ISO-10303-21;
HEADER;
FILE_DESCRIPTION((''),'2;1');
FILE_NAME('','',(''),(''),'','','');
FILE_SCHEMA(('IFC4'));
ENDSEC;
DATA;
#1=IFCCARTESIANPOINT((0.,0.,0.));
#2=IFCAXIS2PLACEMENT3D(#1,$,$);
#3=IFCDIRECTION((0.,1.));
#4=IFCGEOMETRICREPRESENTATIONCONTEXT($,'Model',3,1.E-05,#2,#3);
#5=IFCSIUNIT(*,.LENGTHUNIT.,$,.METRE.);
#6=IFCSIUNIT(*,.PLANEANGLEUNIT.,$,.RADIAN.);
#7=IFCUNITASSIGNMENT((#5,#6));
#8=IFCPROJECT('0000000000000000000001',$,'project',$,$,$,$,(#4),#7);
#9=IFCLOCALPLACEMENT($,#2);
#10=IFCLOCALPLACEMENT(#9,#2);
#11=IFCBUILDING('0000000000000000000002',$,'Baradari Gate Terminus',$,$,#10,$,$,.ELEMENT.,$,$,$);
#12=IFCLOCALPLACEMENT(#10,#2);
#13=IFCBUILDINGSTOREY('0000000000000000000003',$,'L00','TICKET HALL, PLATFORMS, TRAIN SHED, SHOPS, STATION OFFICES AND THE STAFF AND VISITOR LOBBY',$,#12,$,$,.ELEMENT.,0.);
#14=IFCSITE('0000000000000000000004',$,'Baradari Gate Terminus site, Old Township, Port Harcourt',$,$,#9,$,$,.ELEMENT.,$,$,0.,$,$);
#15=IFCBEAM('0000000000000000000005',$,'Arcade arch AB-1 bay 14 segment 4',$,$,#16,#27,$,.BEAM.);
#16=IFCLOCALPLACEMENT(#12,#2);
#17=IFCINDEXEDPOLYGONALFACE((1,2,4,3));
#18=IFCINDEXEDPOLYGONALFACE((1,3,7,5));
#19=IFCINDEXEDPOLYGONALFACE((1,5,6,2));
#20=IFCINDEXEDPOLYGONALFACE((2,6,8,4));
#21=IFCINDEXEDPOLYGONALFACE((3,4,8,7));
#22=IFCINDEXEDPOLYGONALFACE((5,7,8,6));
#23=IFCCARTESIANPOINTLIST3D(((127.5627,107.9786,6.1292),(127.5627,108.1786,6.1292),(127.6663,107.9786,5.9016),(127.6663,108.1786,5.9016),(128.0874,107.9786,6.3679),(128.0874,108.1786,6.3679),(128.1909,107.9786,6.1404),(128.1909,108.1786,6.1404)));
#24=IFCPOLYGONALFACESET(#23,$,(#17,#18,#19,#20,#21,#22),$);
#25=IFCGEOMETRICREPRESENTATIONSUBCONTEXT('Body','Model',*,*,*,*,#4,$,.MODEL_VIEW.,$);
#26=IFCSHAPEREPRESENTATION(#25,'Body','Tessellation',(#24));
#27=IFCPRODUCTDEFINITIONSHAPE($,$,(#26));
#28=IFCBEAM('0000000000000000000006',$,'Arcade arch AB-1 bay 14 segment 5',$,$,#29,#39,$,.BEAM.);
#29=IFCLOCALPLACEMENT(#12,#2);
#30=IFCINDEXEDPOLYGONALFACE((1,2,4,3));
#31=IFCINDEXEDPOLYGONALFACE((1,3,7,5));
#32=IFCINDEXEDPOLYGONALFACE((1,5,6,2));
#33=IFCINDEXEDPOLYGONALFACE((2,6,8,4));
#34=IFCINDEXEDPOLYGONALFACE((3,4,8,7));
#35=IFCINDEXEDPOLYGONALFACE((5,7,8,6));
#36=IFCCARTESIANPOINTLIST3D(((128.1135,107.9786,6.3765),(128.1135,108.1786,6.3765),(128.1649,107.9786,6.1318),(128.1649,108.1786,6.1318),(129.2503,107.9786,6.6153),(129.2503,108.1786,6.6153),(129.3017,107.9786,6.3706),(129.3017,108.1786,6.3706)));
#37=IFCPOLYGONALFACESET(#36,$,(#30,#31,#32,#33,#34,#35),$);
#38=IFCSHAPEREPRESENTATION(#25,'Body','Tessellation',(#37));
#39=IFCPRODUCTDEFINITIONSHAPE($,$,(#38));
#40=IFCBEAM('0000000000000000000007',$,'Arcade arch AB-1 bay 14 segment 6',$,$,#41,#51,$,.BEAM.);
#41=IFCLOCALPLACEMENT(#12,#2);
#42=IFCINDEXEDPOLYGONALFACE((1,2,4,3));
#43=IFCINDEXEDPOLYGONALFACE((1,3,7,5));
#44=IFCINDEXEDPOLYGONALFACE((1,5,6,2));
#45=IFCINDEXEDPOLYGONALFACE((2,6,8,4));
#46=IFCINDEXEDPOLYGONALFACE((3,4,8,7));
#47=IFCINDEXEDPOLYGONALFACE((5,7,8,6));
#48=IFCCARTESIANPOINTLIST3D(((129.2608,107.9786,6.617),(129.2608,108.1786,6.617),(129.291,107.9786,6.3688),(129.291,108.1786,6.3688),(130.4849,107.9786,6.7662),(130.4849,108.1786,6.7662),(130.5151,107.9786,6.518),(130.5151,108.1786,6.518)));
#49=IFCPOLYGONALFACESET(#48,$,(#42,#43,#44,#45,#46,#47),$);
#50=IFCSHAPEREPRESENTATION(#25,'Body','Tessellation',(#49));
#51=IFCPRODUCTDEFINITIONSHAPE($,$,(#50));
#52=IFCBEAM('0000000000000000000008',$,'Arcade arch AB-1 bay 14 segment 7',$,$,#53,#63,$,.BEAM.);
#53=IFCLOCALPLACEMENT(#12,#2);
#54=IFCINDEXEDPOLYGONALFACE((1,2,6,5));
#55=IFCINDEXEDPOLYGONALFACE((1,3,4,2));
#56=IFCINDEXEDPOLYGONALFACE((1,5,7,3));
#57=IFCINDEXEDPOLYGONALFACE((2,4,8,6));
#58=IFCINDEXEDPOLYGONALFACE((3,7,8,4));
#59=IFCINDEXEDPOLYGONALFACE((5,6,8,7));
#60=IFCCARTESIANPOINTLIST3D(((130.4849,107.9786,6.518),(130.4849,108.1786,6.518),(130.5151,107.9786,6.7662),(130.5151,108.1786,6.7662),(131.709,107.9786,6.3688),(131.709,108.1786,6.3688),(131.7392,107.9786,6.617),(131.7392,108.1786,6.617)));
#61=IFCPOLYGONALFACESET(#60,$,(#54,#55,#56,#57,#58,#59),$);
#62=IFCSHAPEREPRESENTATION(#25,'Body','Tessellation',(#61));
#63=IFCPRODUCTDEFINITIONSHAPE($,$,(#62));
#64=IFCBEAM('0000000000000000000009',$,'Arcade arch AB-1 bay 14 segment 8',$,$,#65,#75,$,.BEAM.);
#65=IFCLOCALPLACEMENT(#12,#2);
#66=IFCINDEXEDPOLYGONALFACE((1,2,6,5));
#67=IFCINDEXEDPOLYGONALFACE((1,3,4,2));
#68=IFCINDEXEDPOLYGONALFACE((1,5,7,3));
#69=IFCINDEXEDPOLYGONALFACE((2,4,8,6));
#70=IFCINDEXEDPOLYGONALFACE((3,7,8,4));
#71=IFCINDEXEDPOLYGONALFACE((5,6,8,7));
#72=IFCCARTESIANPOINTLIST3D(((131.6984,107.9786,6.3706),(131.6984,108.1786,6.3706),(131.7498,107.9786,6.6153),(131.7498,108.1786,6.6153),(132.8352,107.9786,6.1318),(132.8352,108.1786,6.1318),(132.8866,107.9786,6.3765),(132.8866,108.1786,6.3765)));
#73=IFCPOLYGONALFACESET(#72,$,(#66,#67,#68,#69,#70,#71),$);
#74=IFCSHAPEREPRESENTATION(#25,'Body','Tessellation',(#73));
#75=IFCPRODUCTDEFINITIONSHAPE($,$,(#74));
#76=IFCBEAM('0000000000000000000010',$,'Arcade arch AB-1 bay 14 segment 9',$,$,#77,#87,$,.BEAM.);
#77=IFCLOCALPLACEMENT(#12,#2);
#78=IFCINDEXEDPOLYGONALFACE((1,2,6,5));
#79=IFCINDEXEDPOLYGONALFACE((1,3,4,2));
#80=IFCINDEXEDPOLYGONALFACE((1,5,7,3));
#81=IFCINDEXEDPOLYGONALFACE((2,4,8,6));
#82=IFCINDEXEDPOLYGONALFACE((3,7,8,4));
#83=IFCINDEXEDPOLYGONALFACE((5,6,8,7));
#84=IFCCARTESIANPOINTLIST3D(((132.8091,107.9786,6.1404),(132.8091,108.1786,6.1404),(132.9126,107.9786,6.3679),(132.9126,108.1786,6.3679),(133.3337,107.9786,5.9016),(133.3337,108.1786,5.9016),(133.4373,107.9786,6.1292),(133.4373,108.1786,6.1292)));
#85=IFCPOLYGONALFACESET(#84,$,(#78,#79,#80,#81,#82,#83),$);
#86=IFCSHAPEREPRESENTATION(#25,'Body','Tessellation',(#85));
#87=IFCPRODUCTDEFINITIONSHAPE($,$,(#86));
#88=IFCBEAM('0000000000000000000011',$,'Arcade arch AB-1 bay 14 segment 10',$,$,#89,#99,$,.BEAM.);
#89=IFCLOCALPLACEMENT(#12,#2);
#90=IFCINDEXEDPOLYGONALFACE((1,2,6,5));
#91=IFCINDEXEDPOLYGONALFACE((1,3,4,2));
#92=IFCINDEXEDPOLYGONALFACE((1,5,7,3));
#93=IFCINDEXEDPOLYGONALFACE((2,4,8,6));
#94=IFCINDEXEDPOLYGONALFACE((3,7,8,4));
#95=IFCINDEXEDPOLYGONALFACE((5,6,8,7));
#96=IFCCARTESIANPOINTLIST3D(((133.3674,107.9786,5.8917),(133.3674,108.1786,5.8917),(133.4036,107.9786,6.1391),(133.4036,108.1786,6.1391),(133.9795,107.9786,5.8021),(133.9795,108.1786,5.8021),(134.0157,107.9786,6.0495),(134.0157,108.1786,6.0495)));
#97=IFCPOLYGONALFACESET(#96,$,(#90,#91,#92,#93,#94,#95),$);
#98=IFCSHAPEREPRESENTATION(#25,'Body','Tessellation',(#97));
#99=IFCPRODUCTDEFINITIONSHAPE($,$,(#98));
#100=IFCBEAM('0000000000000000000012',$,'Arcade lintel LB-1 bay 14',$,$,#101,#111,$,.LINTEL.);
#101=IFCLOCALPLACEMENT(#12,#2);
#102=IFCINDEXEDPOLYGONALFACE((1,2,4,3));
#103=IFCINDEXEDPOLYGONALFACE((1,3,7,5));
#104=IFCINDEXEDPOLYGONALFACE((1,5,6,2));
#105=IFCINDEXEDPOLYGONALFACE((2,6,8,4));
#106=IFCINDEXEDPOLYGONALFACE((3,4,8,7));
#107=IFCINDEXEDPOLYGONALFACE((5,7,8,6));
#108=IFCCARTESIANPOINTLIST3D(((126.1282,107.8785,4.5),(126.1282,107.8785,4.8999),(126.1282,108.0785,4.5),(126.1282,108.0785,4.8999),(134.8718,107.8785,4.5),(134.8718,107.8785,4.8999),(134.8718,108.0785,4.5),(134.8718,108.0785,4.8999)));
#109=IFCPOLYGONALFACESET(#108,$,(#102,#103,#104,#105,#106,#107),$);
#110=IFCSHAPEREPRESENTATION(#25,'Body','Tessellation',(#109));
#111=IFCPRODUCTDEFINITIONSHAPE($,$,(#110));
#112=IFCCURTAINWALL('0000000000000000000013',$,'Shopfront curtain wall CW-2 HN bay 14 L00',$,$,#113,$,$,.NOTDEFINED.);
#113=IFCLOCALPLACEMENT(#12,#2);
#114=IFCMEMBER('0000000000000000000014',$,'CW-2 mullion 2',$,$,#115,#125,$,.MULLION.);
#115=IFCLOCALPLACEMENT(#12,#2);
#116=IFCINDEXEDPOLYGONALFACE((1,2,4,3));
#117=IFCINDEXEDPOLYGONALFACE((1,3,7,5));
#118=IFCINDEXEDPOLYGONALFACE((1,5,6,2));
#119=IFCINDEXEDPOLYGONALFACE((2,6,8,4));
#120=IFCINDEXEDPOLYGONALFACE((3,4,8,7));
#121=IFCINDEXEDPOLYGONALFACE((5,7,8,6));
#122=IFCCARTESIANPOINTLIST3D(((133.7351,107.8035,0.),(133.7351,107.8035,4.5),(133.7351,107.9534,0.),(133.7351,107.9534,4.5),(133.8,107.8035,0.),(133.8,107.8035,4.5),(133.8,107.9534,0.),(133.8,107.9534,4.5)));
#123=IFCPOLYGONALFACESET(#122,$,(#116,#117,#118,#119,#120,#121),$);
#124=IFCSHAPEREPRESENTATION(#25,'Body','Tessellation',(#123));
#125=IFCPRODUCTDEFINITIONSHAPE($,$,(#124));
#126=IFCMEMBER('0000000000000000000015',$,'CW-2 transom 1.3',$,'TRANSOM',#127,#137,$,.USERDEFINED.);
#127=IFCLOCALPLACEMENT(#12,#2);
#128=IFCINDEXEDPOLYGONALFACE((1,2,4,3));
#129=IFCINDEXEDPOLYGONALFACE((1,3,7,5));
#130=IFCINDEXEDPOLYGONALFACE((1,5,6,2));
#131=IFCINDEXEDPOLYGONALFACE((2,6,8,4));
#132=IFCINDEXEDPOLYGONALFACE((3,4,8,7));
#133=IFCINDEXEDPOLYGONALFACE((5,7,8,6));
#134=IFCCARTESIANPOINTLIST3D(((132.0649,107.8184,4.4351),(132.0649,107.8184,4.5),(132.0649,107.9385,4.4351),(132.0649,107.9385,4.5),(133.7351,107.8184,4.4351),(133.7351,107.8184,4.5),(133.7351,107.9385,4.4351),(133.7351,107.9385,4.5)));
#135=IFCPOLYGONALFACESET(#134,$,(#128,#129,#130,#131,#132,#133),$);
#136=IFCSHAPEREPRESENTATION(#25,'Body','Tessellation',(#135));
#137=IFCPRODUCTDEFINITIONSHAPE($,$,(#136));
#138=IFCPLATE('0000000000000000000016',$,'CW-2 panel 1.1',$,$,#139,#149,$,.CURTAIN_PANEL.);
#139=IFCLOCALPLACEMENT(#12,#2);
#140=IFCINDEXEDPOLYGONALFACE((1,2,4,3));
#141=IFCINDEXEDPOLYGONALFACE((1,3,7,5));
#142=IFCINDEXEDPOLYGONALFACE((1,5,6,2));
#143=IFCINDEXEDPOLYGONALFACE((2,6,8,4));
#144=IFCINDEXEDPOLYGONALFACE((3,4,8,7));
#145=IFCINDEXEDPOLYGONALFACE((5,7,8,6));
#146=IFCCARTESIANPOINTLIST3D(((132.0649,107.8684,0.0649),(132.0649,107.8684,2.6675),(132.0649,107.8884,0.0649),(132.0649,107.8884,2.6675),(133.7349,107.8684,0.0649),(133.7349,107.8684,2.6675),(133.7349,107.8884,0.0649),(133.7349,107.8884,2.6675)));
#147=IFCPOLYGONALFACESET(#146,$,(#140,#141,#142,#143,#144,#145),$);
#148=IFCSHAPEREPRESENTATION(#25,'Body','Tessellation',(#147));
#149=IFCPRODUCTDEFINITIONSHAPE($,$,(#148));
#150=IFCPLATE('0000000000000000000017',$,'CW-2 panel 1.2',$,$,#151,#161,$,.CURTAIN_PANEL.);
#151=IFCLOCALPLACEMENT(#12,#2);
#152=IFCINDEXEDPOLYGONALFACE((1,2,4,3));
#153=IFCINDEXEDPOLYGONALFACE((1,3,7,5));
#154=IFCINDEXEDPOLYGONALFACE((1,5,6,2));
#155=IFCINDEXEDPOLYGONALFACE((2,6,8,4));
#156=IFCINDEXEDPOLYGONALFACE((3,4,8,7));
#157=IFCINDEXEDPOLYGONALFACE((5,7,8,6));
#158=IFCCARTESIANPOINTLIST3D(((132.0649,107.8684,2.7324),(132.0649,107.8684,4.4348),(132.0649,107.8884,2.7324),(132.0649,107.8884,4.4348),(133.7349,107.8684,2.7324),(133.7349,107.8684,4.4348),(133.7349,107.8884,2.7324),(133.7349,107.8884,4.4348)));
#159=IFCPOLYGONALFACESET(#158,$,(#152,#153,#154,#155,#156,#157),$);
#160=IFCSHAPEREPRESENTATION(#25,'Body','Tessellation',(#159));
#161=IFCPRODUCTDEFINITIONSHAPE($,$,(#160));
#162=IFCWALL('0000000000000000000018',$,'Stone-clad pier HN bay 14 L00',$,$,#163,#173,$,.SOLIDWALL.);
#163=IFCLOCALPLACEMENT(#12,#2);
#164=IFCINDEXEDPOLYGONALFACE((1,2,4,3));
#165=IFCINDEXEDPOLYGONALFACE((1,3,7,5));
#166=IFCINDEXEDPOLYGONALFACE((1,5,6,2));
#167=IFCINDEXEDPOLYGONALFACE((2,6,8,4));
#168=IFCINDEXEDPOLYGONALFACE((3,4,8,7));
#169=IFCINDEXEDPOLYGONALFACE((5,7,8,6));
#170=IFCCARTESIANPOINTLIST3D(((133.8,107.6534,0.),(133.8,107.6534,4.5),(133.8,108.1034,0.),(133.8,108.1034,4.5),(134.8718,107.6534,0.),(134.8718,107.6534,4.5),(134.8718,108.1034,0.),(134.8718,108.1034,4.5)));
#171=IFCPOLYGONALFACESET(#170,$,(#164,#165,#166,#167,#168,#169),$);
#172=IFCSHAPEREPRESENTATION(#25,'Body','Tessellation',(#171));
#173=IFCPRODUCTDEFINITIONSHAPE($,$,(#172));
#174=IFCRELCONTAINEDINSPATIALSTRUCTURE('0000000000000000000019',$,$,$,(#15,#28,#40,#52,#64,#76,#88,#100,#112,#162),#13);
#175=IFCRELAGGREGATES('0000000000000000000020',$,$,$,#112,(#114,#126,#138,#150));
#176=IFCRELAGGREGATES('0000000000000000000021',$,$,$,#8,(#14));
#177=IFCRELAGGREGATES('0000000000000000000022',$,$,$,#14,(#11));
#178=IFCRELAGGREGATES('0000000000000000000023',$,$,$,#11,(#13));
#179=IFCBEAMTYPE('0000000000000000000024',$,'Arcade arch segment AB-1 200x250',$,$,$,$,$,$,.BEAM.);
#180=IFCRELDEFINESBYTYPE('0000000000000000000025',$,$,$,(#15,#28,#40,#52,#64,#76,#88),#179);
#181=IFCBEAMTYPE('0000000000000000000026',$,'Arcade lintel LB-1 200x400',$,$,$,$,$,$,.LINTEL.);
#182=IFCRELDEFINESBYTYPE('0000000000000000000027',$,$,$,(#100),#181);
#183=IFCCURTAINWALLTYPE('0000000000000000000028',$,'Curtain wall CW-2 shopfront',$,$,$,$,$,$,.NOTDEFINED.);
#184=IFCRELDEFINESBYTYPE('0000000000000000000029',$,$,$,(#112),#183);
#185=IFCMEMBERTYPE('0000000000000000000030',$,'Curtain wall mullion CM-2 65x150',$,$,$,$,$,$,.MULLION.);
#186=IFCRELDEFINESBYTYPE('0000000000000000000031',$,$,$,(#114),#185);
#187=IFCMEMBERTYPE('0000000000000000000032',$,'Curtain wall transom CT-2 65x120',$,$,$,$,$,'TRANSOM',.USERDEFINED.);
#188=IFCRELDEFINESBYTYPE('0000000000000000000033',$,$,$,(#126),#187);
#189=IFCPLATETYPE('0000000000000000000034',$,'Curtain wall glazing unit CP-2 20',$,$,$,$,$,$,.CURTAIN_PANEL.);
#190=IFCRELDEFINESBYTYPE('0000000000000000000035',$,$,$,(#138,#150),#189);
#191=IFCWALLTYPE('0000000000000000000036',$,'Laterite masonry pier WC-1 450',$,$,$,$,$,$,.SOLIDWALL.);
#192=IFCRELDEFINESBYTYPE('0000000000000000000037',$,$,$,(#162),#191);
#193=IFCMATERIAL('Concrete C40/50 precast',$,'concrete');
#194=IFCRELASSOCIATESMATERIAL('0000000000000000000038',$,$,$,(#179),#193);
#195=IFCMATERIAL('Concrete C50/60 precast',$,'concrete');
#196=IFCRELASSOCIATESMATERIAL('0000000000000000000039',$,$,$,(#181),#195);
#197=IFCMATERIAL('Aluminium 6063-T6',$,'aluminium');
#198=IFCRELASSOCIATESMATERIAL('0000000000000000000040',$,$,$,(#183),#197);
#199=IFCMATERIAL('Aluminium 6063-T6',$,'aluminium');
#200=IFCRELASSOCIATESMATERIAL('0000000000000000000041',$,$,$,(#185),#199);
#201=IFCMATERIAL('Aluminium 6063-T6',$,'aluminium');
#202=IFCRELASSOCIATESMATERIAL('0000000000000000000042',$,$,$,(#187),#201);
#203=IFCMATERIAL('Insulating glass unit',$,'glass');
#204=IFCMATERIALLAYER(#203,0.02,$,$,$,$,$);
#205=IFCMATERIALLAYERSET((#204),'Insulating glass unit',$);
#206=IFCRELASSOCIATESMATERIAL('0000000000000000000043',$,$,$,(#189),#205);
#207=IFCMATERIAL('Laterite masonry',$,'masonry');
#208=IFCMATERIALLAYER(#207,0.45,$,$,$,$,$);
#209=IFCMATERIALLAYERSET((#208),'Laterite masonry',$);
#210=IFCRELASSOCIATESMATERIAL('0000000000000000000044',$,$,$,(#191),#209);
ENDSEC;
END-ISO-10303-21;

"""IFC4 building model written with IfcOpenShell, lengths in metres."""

from ifc_helpers import new_model, si_unit, direction, frame, frame_2d, origin, origin_2d, place, context, subcontext, project, spatial, rectangle, extrude, material, layer, layer_set, material_profile, profile_set, type_object, element, aggregate, save


model = new_model("IFC4")

# Units and contexts
model_context = context("Model", 3, precision=1e-05, world=origin(), true_north=direction((0.0, 1.0)))
body_context = subcontext(model_context, "Body", "Model", "MODEL_VIEW")
ifc_project = project(units=[si_unit("LENGTHUNIT", "METRE"), si_unit("PLANEANGLEUNIT", "RADIAN")], contexts=[model_context])

# Site, building, storey
site_placement = place(None, origin())
site = spatial("IfcSite", under=ifc_project, at=site_placement, Name="Baradari Gate Terminus site, Old Township, Port Harcourt", CompositionType="ELEMENT", RefElevation=0.0)
building_placement = place(site_placement, origin())
building = spatial("IfcBuilding", under=site, at=building_placement, Name="Baradari Gate Terminus", CompositionType="ELEMENT")
storey_placement = place(building_placement, origin())
storey = spatial("IfcBuildingStorey", under=building, at=storey_placement, Name="L00", Description="TICKET HALL, PLATFORMS, TRAIN SHED, SHOPS, STATION OFFICES AND THE STAFF AND VISITOR LOBBY", CompositionType="ELEMENT", Elevation=0.0)

# Beams
ifc_material_1 = material(Name="Concrete C40/50 precast", Category="concrete")
ifc_material_profile_1 = material_profile(ifc_material_1, rectangle(XDim=0.2, YDim=0.25, at=origin_2d()), Name="AB-1 200X250")
ifc_profile_set_1 = profile_set([ifc_material_profile_1], Name="Concrete C40/50 precast")
beam_type_1 = type_object("IfcBeamType", Name="Arcade arch segment AB-1 200x250", PredefinedType="BEAM", material=ifc_profile_set_1)
beam_1_placement = place(storey_placement, frame((127.6145, 108.0786, 6.0154), z_axis=(0.910178, 0.0, 0.414218), x_axis=(0.0, 1.0, 0.0)))
element("IfcBeam", 1, at=beam_1_placement, inside=storey, type_object=beam_type_1, Name="Arcade arch AB-1 bay 14 segment 4", PredefinedType="BEAM", context=body_context, shape_type="SweptSolid", body=[
    extrude(rectangle(XDim=0.2, YDim=0.25, at=origin_2d()), origin(), (0.0, 0.0, 1.0), 0.5764),
])
beam_2_placement = place(storey_placement, frame((128.1392, 108.0786, 6.2542), z_axis=(0.978643, 0.0, 0.205566), x_axis=(0.0, 1.0, 0.0)))
element("IfcBeam", 2, at=beam_2_placement, inside=storey, type_object=beam_type_1, Name="Arcade arch AB-1 bay 14 segment 5", PredefinedType="BEAM", context=body_context, shape_type="SweptSolid", body=[
    extrude(rectangle(XDim=0.2, YDim=0.25, at=origin_2d()), origin(), (0.0, 0.0, 1.0), 1.1616),
])
for number, where, z_axis, x_axis, name in (
    (3, (129.2759, 108.0786, 6.4929), (0.992657, 0.0, 0.120964), (0.0, 1.0, 0.0), "Arcade arch AB-1 bay 14 segment 6"),
    (4, (130.5, 108.0786, 6.6421), (0.992657, 0.0, -0.120964), (0.0, 1.0, 0.0), "Arcade arch AB-1 bay 14 segment 7"),
):
    element("IfcBeam", number, at=place(storey_placement, frame(where, z_axis=z_axis, x_axis=x_axis)), inside=storey, type_object=beam_type_1, Name=name, PredefinedType="BEAM", context=body_context, shape_type="SweptSolid", body=[
        extrude(rectangle(XDim=0.2, YDim=0.25, at=origin_2d()), origin(), (0.0, 0.0, 1.0), 1.2332),
    ])
beam_3_placement = place(storey_placement, frame((131.7241, 108.0786, 6.4929), z_axis=(0.978643, 0.0, -0.205566), x_axis=(0.0, 1.0, 0.0)))
element("IfcBeam", 5, at=beam_3_placement, inside=storey, type_object=beam_type_1, Name="Arcade arch AB-1 bay 14 segment 8", PredefinedType="BEAM", context=body_context, shape_type="SweptSolid", body=[
    extrude(rectangle(XDim=0.2, YDim=0.25, at=origin_2d()), origin(), (0.0, 0.0, 1.0), 1.1616),
])
beam_4_placement = place(storey_placement, frame((132.8608, 108.0786, 6.2542), z_axis=(0.910178, 0.0, -0.414218), x_axis=(0.0, 1.0, 0.0)))
element("IfcBeam", 6, at=beam_4_placement, inside=storey, type_object=beam_type_1, Name="Arcade arch AB-1 bay 14 segment 9", PredefinedType="BEAM", context=body_context, shape_type="SweptSolid", body=[
    extrude(rectangle(XDim=0.2, YDim=0.25, at=origin_2d()), origin(), (0.0, 0.0, 1.0), 0.5764),
])
beam_5_placement = place(storey_placement, frame((133.3855, 108.0786, 6.0154), z_axis=(0.989454, 0.0, -0.144846), x_axis=(0.0, 1.0, 0.0)))
element("IfcBeam", 7, at=beam_5_placement, inside=storey, type_object=beam_type_1, Name="Arcade arch AB-1 bay 14 segment 10", PredefinedType="BEAM", context=body_context, shape_type="SweptSolid", body=[
    extrude(rectangle(XDim=0.2, YDim=0.25, at=origin_2d()), origin(), (0.0, 0.0, 1.0), 0.6187),
])
ifc_material_2 = material(Name="Concrete C50/60 precast", Category="concrete")
ifc_material_profile_2 = material_profile(ifc_material_2, rectangle(XDim=0.2, YDim=0.3999, at=origin_2d()), Name="LB-1 200X400")
ifc_profile_set_2 = profile_set([ifc_material_profile_2], Name="Concrete C50/60 precast")
beam_type_2 = type_object("IfcBeamType", Name="Arcade lintel LB-1 200x400", PredefinedType="LINTEL", material=ifc_profile_set_2)
beam_6_placement = place(storey_placement, frame((126.1282, 107.9785, 4.7), z_axis=(1.0, 0.0, 0.0), x_axis=(0.0, 1.0, 0.0)))
element("IfcBeam", 8, at=beam_6_placement, inside=storey, type_object=beam_type_2, Name="Arcade lintel LB-1 bay 14", PredefinedType="LINTEL", context=body_context, shape_type="SweptSolid", body=[
    extrude(rectangle(XDim=0.2, YDim=0.3999, at=origin_2d()), origin(), (0.0, 0.0, 1.0), 8.7437),
])

# Curtain wall, members, plates
ifc_material_3 = material(Name="Aluminium 6063-T6", Category="aluminium")
curtain_wall_type = type_object("IfcCurtainWallType", Name="Curtain wall CW-2 shopfront", PredefinedType="NOTDEFINED", material=ifc_material_3)
curtain_wall_placement = place(storey_placement, origin())
curtain_wall = element("IfcCurtainWall", 9, at=curtain_wall_placement, inside=storey, type_object=curtain_wall_type, Name="Shopfront curtain wall CW-2 HN bay 14 L00", PredefinedType="NOTDEFINED")
ifc_material_4 = material(Name="Aluminium 6063-T6", Category="aluminium")
ifc_material_profile_3 = material_profile(ifc_material_4, rectangle(XDim=0.1499, YDim=0.0649, at=origin_2d()), Name="CM-2 65X150")
ifc_profile_set_3 = profile_set([ifc_material_profile_3], Name="Aluminium 6063-T6")
member_type_1 = type_object("IfcMemberType", Name="Curtain wall mullion CM-2 65x150", PredefinedType="MULLION", material=ifc_profile_set_3)
member_1_placement = place(storey_placement, frame((133.7676, 107.8784, 0.0), z_axis=(0.0, 0.0, 1.0), x_axis=(0.0, 1.0, 0.0)))
member_1 = element("IfcMember", 10, at=member_1_placement, type_object=member_type_1, Name="CW-2 mullion 2", PredefinedType="MULLION", context=body_context, shape_type="SweptSolid", body=[
    extrude(rectangle(XDim=0.1499, YDim=0.0649, at=origin_2d()), origin(), (0.0, 0.0, 1.0), 4.5),
])
ifc_material_5 = material(Name="Aluminium 6063-T6", Category="aluminium")
ifc_material_profile_4 = material_profile(ifc_material_5, rectangle(XDim=0.1201, YDim=0.0649, at=origin_2d()), Name="CT-2 65X120")
ifc_profile_set_4 = profile_set([ifc_material_profile_4], Name="Aluminium 6063-T6")
member_type_2 = type_object("IfcMemberType", Name="Curtain wall transom CT-2 65x120", ElementType="TRANSOM", PredefinedType="USERDEFINED", material=ifc_profile_set_4)
member_2_placement = place(storey_placement, frame((132.0649, 107.8784, 4.4675), z_axis=(1.0, 0.0, 0.0), x_axis=(0.0, 1.0, 0.0)))
member_2 = element("IfcMember", 11, at=member_2_placement, type_object=member_type_2, Name="CW-2 transom 1.3", ObjectType="TRANSOM", PredefinedType="USERDEFINED", context=body_context, shape_type="SweptSolid", body=[
    extrude(rectangle(XDim=0.1201, YDim=0.0649, at=origin_2d()), origin(), (0.0, 0.0, 1.0), 1.6702),
])
ifc_material_6 = material(Name="Insulating glass unit", Category="glass")
ifc_layer_1 = layer(ifc_material_6, 0.02)
ifc_layer_set_1 = layer_set([ifc_layer_1], Name="Insulating glass unit")
plate_type = type_object("IfcPlateType", Name="Curtain wall glazing unit CP-2 20", PredefinedType="CURTAIN_PANEL", material=ifc_layer_set_1)
plate_1_placement = place(storey_placement, frame((132.8999, 107.8784, 0.0649), z_axis=(0.0, 0.0, 1.0), x_axis=(1.0, 0.0, 0.0)))
plate_1 = element("IfcPlate", 12, at=plate_1_placement, type_object=plate_type, Name="CW-2 panel 1.1", PredefinedType="CURTAIN_PANEL", context=body_context, shape_type="SweptSolid", body=[
    extrude(rectangle(XDim=1.6699, YDim=0.02, at=origin_2d()), origin(), (0.0, 0.0, 1.0), 2.6025),
])
plate_2_placement = place(storey_placement, frame((132.8999, 107.8784, 2.7324), z_axis=(0.0, 0.0, 1.0), x_axis=(1.0, 0.0, 0.0)))
plate_2 = element("IfcPlate", 13, at=plate_2_placement, type_object=plate_type, Name="CW-2 panel 1.2", PredefinedType="CURTAIN_PANEL", context=body_context, shape_type="SweptSolid", body=[
    extrude(rectangle(XDim=1.6699, YDim=0.02, at=origin_2d()), origin(), (0.0, 0.0, 1.0), 1.7024),
])
aggregate(curtain_wall, [member_1, member_2, plate_1, plate_2])

# Wall
ifc_material_7 = material(Name="Laterite masonry", Category="masonry")
ifc_layer_2 = layer(ifc_material_7, 0.45)
ifc_layer_set_2 = layer_set([ifc_layer_2], Name="Laterite masonry")
wall_type = type_object("IfcWallType", Name="Laterite masonry pier WC-1 450", PredefinedType="SOLIDWALL", material=ifc_layer_set_2)
wall_placement = place(storey_placement, frame((133.8, 107.8784, 0.0), z_axis=(0.0, 0.0, 1.0), x_axis=(1.0, 0.0, 0.0)))
element("IfcWall", 14, at=wall_placement, inside=storey, type_object=wall_type, Name="Stone-clad pier HN bay 14 L00", PredefinedType="SOLIDWALL", context=body_context, shape_type="SweptSolid", body=[
    extrude(rectangle(XDim=1.0718, YDim=0.45, at=frame_2d((0.5359, 0.0))), origin(), (0.0, 0.0, 1.0), 4.5),
])

save(model, "model.ifc")
